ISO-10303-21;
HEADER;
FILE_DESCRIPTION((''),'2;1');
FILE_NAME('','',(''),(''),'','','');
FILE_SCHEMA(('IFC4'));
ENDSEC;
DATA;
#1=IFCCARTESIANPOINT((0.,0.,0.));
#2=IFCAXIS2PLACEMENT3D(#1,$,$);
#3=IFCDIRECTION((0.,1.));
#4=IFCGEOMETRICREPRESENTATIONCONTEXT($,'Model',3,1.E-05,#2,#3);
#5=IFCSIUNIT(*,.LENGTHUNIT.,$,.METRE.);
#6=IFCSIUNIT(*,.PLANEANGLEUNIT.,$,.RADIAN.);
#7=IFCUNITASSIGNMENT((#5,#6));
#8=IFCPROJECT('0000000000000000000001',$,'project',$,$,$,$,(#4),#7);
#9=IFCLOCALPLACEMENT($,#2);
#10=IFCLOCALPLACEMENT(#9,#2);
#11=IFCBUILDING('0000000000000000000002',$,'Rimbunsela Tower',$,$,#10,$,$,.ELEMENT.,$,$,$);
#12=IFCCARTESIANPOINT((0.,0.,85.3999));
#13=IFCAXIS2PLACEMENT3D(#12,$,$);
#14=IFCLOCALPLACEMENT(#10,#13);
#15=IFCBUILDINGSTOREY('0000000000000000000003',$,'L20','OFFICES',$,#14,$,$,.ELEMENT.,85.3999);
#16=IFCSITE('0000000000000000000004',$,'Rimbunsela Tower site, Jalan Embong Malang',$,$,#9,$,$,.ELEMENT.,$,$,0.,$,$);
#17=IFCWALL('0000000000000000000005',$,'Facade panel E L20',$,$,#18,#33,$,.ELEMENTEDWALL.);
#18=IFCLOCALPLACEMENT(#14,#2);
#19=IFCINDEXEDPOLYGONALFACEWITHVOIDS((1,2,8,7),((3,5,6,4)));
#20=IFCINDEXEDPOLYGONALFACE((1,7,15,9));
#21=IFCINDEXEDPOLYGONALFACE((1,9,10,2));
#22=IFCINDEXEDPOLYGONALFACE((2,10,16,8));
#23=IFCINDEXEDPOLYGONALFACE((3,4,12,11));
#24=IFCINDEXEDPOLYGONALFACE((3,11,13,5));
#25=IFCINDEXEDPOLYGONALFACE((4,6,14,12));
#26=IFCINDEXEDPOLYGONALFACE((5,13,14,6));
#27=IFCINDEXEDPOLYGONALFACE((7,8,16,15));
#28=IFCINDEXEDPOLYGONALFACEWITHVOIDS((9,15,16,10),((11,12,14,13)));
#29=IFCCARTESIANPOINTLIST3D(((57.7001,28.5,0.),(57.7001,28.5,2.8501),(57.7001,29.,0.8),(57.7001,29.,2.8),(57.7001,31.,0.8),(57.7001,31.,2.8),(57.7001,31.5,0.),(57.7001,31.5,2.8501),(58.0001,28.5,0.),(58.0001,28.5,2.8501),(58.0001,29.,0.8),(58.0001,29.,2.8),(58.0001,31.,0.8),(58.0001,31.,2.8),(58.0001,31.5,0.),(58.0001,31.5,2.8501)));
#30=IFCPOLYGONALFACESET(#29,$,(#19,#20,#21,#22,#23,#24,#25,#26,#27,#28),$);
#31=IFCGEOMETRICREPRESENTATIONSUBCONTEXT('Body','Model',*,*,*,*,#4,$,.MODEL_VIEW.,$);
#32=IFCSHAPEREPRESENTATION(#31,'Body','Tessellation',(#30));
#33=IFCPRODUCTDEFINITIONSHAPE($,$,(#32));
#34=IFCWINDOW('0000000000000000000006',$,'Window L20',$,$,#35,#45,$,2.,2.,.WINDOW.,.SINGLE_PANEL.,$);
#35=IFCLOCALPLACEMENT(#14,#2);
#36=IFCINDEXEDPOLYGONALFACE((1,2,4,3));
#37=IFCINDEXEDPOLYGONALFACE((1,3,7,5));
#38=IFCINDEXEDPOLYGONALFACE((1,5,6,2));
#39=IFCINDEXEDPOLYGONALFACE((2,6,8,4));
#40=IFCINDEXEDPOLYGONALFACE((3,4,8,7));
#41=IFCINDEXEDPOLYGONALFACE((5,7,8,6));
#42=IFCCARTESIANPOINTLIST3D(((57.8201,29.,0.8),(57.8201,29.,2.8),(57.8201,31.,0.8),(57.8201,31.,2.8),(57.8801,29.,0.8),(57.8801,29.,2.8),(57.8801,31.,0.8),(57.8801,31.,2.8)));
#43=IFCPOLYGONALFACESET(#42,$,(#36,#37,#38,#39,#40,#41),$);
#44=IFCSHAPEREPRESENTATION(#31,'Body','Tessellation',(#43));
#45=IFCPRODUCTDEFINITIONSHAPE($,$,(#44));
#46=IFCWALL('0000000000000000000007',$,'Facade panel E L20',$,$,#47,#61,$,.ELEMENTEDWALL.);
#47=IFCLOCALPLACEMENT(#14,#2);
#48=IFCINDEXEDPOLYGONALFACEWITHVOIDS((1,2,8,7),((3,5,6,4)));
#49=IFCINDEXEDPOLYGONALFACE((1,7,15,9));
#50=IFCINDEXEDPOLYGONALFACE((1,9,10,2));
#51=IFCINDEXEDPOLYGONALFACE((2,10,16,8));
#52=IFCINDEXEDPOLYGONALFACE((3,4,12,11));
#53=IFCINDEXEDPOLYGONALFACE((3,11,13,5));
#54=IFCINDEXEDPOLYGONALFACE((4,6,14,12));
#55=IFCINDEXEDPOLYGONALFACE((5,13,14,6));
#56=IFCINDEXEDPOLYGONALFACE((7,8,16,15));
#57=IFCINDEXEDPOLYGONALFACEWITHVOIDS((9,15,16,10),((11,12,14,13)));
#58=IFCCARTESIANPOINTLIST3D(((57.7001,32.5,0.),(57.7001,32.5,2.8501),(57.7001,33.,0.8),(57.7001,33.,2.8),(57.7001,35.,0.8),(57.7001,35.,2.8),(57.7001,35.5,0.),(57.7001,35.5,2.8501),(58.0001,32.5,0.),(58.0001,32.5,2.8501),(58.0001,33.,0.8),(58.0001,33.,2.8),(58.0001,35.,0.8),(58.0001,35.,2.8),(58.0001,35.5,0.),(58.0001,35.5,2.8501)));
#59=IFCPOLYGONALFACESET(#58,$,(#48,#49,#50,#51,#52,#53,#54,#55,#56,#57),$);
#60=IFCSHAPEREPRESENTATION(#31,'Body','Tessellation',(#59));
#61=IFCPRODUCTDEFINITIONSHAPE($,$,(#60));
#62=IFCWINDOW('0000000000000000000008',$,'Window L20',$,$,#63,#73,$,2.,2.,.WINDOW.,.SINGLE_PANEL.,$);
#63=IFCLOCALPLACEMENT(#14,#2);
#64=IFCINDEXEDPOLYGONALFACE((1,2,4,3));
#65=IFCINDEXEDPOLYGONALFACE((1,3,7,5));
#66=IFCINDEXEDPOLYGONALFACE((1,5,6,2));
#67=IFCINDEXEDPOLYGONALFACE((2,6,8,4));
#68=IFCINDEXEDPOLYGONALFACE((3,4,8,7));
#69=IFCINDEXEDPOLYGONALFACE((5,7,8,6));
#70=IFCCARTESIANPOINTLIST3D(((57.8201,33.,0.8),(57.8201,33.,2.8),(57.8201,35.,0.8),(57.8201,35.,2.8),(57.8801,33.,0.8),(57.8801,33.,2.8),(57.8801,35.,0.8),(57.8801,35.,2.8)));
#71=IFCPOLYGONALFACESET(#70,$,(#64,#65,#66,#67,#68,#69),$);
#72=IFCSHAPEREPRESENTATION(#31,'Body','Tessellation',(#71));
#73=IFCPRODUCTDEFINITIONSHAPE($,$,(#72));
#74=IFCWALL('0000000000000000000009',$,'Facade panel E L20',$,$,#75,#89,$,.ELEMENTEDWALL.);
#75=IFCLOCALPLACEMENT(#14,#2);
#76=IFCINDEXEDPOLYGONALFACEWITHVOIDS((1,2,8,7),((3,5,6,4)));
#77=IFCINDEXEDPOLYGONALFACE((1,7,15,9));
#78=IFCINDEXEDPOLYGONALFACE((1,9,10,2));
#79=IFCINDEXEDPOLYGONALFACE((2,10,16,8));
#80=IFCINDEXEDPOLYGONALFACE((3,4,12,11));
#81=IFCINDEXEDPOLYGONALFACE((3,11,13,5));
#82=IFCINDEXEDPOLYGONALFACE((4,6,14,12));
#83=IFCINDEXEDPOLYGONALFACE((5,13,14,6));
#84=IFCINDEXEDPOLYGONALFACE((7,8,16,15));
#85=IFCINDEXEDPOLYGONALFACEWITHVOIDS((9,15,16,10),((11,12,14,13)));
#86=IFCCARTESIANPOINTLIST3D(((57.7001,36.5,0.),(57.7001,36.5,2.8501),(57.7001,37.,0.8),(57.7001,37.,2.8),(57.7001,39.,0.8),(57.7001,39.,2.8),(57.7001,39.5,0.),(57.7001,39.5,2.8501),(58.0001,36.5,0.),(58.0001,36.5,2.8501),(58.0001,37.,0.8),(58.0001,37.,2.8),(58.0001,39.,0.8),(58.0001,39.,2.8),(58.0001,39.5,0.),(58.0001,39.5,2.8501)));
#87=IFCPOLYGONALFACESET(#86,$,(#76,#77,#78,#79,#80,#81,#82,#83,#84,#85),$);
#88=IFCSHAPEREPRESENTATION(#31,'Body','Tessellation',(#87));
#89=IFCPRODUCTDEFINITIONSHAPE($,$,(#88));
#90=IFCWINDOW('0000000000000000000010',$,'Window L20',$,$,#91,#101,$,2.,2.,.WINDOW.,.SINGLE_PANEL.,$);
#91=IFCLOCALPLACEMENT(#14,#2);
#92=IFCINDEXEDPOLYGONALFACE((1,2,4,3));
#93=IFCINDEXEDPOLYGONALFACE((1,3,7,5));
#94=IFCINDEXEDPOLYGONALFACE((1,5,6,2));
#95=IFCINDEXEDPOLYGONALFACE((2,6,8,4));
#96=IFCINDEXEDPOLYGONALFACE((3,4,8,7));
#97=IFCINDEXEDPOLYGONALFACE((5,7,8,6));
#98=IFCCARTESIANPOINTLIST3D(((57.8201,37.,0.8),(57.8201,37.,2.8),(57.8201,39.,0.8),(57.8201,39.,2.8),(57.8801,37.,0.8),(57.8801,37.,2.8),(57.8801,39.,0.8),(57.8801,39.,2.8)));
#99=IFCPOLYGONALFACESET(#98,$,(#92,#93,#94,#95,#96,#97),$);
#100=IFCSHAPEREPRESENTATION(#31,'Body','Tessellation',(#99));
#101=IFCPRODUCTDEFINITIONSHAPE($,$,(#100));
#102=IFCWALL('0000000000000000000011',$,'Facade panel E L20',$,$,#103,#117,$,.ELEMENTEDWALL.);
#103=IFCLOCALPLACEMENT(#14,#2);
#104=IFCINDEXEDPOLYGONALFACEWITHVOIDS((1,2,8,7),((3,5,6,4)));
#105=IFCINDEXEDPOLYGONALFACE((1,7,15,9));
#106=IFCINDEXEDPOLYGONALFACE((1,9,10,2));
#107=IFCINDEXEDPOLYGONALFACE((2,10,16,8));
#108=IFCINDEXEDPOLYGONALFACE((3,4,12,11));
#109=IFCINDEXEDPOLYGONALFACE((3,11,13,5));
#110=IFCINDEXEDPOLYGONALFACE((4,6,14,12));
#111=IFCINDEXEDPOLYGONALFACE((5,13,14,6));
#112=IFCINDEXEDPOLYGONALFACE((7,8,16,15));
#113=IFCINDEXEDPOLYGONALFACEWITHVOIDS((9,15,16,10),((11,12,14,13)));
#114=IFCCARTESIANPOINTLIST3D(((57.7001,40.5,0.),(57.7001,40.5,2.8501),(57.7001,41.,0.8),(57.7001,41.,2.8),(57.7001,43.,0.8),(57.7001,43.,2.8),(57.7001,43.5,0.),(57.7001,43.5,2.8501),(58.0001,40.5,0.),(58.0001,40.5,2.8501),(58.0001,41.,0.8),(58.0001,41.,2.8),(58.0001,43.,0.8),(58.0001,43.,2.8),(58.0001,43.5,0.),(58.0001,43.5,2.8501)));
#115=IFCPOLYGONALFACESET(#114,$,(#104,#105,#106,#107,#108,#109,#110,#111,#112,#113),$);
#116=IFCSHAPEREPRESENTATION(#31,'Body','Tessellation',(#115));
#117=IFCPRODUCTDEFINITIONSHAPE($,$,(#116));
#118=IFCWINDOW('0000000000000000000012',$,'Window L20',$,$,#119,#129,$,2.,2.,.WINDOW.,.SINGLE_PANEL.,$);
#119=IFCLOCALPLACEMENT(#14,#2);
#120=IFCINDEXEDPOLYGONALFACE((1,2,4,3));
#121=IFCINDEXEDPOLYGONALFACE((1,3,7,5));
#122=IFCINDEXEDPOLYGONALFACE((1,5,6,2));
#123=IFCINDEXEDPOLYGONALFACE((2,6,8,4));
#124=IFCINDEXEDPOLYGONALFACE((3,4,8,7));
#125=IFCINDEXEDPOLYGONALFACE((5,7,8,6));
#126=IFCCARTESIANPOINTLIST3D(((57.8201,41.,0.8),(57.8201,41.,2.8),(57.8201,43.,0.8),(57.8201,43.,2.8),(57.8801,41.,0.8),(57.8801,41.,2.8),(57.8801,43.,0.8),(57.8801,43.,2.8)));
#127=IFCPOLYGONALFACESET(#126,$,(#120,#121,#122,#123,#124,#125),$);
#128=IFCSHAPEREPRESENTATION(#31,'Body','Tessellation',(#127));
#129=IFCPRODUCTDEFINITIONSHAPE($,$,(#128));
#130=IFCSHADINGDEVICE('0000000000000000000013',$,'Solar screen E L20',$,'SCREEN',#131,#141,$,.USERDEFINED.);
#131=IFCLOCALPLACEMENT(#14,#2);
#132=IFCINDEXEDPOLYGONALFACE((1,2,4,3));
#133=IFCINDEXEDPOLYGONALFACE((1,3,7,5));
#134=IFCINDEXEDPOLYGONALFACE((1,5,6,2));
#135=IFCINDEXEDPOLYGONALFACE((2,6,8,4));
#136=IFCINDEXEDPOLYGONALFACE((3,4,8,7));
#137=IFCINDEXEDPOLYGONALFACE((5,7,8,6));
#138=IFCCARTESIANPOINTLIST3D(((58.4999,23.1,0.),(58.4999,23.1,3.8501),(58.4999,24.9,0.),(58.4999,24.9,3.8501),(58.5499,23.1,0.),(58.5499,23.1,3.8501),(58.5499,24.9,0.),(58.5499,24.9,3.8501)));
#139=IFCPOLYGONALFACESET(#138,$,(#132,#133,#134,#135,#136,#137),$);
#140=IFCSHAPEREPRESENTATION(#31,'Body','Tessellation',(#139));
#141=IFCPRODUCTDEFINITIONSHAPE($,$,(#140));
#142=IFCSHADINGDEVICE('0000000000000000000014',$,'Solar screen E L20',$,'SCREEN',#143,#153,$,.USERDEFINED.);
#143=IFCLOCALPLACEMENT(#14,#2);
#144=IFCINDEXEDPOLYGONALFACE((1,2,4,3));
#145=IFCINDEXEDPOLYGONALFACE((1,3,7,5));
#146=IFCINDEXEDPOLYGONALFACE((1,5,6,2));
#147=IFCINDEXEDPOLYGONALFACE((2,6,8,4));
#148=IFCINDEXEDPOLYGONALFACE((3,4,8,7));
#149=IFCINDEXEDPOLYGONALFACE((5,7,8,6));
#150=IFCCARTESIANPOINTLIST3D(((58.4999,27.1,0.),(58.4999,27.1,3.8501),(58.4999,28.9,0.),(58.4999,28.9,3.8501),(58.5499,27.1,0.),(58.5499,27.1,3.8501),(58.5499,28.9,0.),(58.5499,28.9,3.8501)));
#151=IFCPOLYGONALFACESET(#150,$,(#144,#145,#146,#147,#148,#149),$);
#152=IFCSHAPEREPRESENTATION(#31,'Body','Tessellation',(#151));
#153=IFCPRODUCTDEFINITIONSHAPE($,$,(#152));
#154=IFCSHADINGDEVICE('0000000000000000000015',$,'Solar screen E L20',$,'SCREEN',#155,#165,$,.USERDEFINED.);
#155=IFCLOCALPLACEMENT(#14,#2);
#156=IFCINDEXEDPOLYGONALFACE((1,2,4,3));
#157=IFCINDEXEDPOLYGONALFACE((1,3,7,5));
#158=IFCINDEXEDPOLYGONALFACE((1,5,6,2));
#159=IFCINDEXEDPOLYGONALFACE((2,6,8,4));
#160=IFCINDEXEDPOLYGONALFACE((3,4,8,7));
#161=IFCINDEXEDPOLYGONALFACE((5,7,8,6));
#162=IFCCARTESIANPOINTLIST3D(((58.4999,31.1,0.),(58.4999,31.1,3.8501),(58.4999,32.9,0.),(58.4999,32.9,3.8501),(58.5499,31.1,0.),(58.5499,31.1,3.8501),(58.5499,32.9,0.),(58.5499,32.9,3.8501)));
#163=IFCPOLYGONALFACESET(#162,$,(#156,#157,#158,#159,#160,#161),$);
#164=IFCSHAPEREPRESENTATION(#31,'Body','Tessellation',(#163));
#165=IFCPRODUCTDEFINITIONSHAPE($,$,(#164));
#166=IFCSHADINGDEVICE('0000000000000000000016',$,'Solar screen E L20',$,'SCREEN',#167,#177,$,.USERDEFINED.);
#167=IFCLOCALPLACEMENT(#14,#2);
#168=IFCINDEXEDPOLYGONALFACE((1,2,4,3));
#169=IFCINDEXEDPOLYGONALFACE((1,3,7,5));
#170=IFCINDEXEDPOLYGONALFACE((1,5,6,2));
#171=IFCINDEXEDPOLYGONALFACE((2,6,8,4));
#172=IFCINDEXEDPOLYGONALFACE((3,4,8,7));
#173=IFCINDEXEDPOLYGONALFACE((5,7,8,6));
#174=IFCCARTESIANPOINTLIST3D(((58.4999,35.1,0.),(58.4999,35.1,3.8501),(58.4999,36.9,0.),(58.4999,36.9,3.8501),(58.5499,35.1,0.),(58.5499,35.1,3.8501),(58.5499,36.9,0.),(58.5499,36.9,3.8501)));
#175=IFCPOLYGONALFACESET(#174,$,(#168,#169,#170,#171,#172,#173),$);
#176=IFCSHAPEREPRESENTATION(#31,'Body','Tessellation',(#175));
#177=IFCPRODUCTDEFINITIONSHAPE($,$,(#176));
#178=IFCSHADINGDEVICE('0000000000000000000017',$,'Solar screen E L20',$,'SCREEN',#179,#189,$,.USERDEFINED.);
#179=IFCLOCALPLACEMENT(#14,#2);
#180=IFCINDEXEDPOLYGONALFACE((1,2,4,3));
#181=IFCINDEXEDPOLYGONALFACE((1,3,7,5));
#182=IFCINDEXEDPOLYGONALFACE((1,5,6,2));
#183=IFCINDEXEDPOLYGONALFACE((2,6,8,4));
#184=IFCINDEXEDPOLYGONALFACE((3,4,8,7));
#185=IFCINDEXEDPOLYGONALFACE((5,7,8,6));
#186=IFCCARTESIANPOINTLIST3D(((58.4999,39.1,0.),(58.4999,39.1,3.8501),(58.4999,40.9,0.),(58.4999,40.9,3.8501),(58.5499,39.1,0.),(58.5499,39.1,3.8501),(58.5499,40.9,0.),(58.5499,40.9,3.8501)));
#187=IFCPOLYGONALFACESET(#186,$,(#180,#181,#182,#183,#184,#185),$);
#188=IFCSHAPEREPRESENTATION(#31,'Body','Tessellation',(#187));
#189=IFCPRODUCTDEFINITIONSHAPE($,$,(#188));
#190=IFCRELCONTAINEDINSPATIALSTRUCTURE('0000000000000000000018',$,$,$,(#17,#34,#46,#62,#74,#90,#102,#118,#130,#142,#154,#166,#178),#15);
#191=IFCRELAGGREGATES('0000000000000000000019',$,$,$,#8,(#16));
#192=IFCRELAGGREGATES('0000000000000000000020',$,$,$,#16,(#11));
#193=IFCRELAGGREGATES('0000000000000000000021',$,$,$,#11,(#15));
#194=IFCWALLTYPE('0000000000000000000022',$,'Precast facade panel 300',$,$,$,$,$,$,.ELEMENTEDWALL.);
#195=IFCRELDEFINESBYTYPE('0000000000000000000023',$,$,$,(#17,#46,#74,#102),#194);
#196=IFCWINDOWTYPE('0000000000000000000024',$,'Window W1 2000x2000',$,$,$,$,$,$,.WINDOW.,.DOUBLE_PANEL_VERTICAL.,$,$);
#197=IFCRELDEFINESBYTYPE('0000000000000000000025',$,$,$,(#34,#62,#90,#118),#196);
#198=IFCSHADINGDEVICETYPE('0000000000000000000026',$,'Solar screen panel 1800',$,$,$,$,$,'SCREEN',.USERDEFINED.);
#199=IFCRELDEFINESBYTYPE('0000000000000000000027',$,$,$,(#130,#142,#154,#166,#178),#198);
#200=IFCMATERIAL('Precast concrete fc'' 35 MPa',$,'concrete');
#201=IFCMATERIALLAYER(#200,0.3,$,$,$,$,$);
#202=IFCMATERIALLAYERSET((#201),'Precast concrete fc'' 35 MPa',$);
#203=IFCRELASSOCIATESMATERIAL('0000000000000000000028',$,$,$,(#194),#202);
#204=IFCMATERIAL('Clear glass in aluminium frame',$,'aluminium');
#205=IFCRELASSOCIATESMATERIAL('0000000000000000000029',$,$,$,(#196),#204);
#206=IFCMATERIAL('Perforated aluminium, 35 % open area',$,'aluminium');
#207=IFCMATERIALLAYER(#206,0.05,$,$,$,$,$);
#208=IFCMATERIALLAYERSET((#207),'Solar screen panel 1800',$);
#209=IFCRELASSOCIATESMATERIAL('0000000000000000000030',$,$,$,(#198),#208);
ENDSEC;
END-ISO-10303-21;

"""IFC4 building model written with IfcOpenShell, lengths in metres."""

from ifc_helpers import new_model, si_unit, direction, frame, frame_2d, origin, origin_2d, place, context, subcontext, project, spatial, rectangle, extrude, material, layer, layer_set, type_object, element, fill, save


model = new_model("IFC4")

# Units and contexts
model_context = context("Model", 3, precision=1e-05, world=origin(), true_north=direction((0.0, 1.0)))
body_context = subcontext(model_context, "Body", "Model", "MODEL_VIEW")
ifc_project = project(units=[si_unit("LENGTHUNIT", "METRE"), si_unit("PLANEANGLEUNIT", "RADIAN")], contexts=[model_context])

# Site, building, storey
site_placement = place(None, origin())
site = spatial("IfcSite", under=ifc_project, at=site_placement, Name="Rimbunsela Tower site, Jalan Embong Malang", CompositionType="ELEMENT", RefElevation=0.0)
building_placement = place(site_placement, origin())
building = spatial("IfcBuilding", under=site, at=building_placement, Name="Rimbunsela Tower", CompositionType="ELEMENT")
storey_placement = place(building_placement, frame((0.0, 0.0, 85.3999)))
storey = spatial("IfcBuildingStorey", under=building, at=storey_placement, Name="L20", Description="OFFICES", CompositionType="ELEMENT", Elevation=85.3999)

# Walls, openings, windows
ifc_material_1 = material(Name="Precast concrete fc' 35 MPa", Category="concrete")
ifc_layer_1 = layer(ifc_material_1, 0.3)
ifc_layer_set_1 = layer_set([ifc_layer_1], Name="Precast concrete fc' 35 MPa")
wall_type_1 = type_object("IfcWallType", Name="Precast facade panel 300", PredefinedType="ELEMENTEDWALL", material=ifc_layer_set_1)
ifc_material_2 = material(Name="Clear glass in aluminium frame", Category="aluminium")
window_type = type_object("IfcWindowType", Name="Window W1 2000x2000", PartitioningType="DOUBLE_PANEL_VERTICAL", PredefinedType="WINDOW", material=ifc_material_2)
wall_1_placement = place(storey_placement, frame((57.8501, 28.5, 0.0), z_axis=(0.0, 0.0, 1.0), x_axis=(0.0, 1.0, 0.0)))
wall_1 = element("IfcWall", 1, at=wall_1_placement, inside=storey, type_object=wall_type_1, Name="Facade panel E L20", PredefinedType="ELEMENTEDWALL", context=body_context, shape_type="SweptSolid", body=[
    extrude(rectangle(XDim=3.0, YDim=0.3, at=frame_2d((1.5, 0.0))), origin(), (0.0, 0.0, 1.0), 2.8501),
])
opening_1_placement = place(wall_1_placement, frame((0.5, 0.0, 0.8)))
opening_1 = element("IfcOpeningElement", 2, at=opening_1_placement, cuts=wall_1, PredefinedType="OPENING", context=body_context, shape_type="SweptSolid", body=[
    extrude(rectangle(XDim=2.0, YDim=2.0, at=frame_2d((1.0, 1.0))), frame((0.0, 0.1599, 0.0), z_axis=(0.0, -1.0, 0.0), x_axis=(1.0, 0.0, 0.0)), (0.0, 0.0, 1.0), 0.3201),
])
window_1_placement = place(opening_1_placement, origin())
window_1 = element("IfcWindow", 3, at=window_1_placement, inside=storey, type_object=window_type, Name="Window L20", OverallHeight=2.0, OverallWidth=2.0, PartitioningType="SINGLE_PANEL", PredefinedType="WINDOW", context=body_context, shape_type="SweptSolid", body=[
    extrude(rectangle(XDim=2.0, YDim=2.0, at=frame_2d((1.0, 1.0))), frame((0.0, 0.03, 0.0), z_axis=(0.0, -1.0, 0.0), x_axis=(1.0, 0.0, 0.0)), (0.0, 0.0, 1.0), 0.0601),
])
fill(opening_1, window_1)
wall_2_placement = place(storey_placement, frame((57.8501, 32.5, 0.0), z_axis=(0.0, 0.0, 1.0), x_axis=(0.0, 1.0, 0.0)))
wall_2 = element("IfcWall", 4, at=wall_2_placement, inside=storey, type_object=wall_type_1, Name="Facade panel E L20", PredefinedType="ELEMENTEDWALL", context=body_context, shape_type="SweptSolid", body=[
    extrude(rectangle(XDim=3.0, YDim=0.3, at=frame_2d((1.5, 0.0))), origin(), (0.0, 0.0, 1.0), 2.8501),
])
opening_2_placement = place(wall_2_placement, frame((0.5, 0.0, 0.8)))
opening_2 = element("IfcOpeningElement", 5, at=opening_2_placement, cuts=wall_2, PredefinedType="OPENING", context=body_context, shape_type="SweptSolid", body=[
    extrude(rectangle(XDim=2.0, YDim=2.0, at=frame_2d((1.0, 1.0))), frame((0.0, 0.1599, 0.0), z_axis=(0.0, -1.0, 0.0), x_axis=(1.0, 0.0, 0.0)), (0.0, 0.0, 1.0), 0.3201),
])
window_2_placement = place(opening_2_placement, origin())
window_2 = element("IfcWindow", 6, at=window_2_placement, inside=storey, type_object=window_type, Name="Window L20", OverallHeight=2.0, OverallWidth=2.0, PartitioningType="SINGLE_PANEL", PredefinedType="WINDOW", context=body_context, shape_type="SweptSolid", body=[
    extrude(rectangle(XDim=2.0, YDim=2.0, at=frame_2d((1.0, 1.0))), frame((0.0, 0.03, 0.0), z_axis=(0.0, -1.0, 0.0), x_axis=(1.0, 0.0, 0.0)), (0.0, 0.0, 1.0), 0.0601),
])
fill(opening_2, window_2)
wall_3_placement = place(storey_placement, frame((57.8501, 36.5, 0.0), z_axis=(0.0, 0.0, 1.0), x_axis=(0.0, 1.0, 0.0)))
wall_3 = element("IfcWall", 7, at=wall_3_placement, inside=storey, type_object=wall_type_1, Name="Facade panel E L20", PredefinedType="ELEMENTEDWALL", context=body_context, shape_type="SweptSolid", body=[
    extrude(rectangle(XDim=3.0, YDim=0.3, at=frame_2d((1.5, 0.0))), origin(), (0.0, 0.0, 1.0), 2.8501),
])
opening_3_placement = place(wall_3_placement, frame((0.5, 0.0, 0.8)))
opening_3 = element("IfcOpeningElement", 8, at=opening_3_placement, cuts=wall_3, PredefinedType="OPENING", context=body_context, shape_type="SweptSolid", body=[
    extrude(rectangle(XDim=2.0, YDim=2.0, at=frame_2d((1.0, 1.0))), frame((0.0, 0.1599, 0.0), z_axis=(0.0, -1.0, 0.0), x_axis=(1.0, 0.0, 0.0)), (0.0, 0.0, 1.0), 0.3201),
])
window_3_placement = place(opening_3_placement, origin())
window_3 = element("IfcWindow", 9, at=window_3_placement, inside=storey, type_object=window_type, Name="Window L20", OverallHeight=2.0, OverallWidth=2.0, PartitioningType="SINGLE_PANEL", PredefinedType="WINDOW", context=body_context, shape_type="SweptSolid", body=[
    extrude(rectangle(XDim=2.0, YDim=2.0, at=frame_2d((1.0, 1.0))), frame((0.0, 0.03, 0.0), z_axis=(0.0, -1.0, 0.0), x_axis=(1.0, 0.0, 0.0)), (0.0, 0.0, 1.0), 0.0601),
])
fill(opening_3, window_3)
wall_4_placement = place(storey_placement, frame((57.8501, 40.5, 0.0), z_axis=(0.0, 0.0, 1.0), x_axis=(0.0, 1.0, 0.0)))
wall_4 = element("IfcWall", 10, at=wall_4_placement, inside=storey, type_object=wall_type_1, Name="Facade panel E L20", PredefinedType="ELEMENTEDWALL", context=body_context, shape_type="SweptSolid", body=[
    extrude(rectangle(XDim=3.0, YDim=0.3, at=frame_2d((1.5, 0.0))), origin(), (0.0, 0.0, 1.0), 2.8501),
])
opening_4_placement = place(wall_4_placement, frame((0.5, 0.0, 0.8)))
opening_4 = element("IfcOpeningElement", 11, at=opening_4_placement, cuts=wall_4, PredefinedType="OPENING", context=body_context, shape_type="SweptSolid", body=[
    extrude(rectangle(XDim=2.0, YDim=2.0, at=frame_2d((1.0, 1.0))), frame((0.0, 0.1599, 0.0), z_axis=(0.0, -1.0, 0.0), x_axis=(1.0, 0.0, 0.0)), (0.0, 0.0, 1.0), 0.3201),
])
window_4_placement = place(opening_4_placement, origin())
window_4 = element("IfcWindow", 12, at=window_4_placement, inside=storey, type_object=window_type, Name="Window L20", OverallHeight=2.0, OverallWidth=2.0, PartitioningType="SINGLE_PANEL", PredefinedType="WINDOW", context=body_context, shape_type="SweptSolid", body=[
    extrude(rectangle(XDim=2.0, YDim=2.0, at=frame_2d((1.0, 1.0))), frame((0.0, 0.03, 0.0), z_axis=(0.0, -1.0, 0.0), x_axis=(1.0, 0.0, 0.0)), (0.0, 0.0, 1.0), 0.0601),
])
fill(opening_4, window_4)

# Shading devices
ifc_material_3 = material(Name="Perforated aluminium, 35 % open area", Category="aluminium")
ifc_layer_2 = layer(ifc_material_3, 0.05)
ifc_layer_set_2 = layer_set([ifc_layer_2], Name="Solar screen panel 1800")
shading_device_type = type_object("IfcShadingDeviceType", Name="Solar screen panel 1800", ElementType="SCREEN", PredefinedType="USERDEFINED", material=ifc_layer_set_2)
for number, where, z_axis, x_axis, name in (
    (13, (58.5249, 24.0, 0.0), (0.0, 0.0, 1.0), (0.0, 1.0, 0.0), "Solar screen E L20"),
    (14, (58.5249, 28.0, 0.0), (0.0, 0.0, 1.0), (0.0, 1.0, 0.0), "Solar screen E L20"),
    (15, (58.5249, 32.0, 0.0), (0.0, 0.0, 1.0), (0.0, 1.0, 0.0), "Solar screen E L20"),
    (16, (58.5249, 36.0, 0.0), (0.0, 0.0, 1.0), (0.0, 1.0, 0.0), "Solar screen E L20"),
    (17, (58.5249, 40.0, 0.0), (0.0, 0.0, 1.0), (0.0, 1.0, 0.0), "Solar screen E L20"),
):
    element("IfcShadingDevice", number, at=place(storey_placement, frame(where, z_axis=z_axis, x_axis=x_axis)), inside=storey, type_object=shading_device_type, Name=name, ObjectType="SCREEN", PredefinedType="USERDEFINED", context=body_context, shape_type="SweptSolid", body=[
        extrude(rectangle(XDim=1.8, YDim=0.05, at=origin_2d()), origin(), (0.0, 0.0, 1.0), 3.8501),
    ])

save(model, "model.ifc")
